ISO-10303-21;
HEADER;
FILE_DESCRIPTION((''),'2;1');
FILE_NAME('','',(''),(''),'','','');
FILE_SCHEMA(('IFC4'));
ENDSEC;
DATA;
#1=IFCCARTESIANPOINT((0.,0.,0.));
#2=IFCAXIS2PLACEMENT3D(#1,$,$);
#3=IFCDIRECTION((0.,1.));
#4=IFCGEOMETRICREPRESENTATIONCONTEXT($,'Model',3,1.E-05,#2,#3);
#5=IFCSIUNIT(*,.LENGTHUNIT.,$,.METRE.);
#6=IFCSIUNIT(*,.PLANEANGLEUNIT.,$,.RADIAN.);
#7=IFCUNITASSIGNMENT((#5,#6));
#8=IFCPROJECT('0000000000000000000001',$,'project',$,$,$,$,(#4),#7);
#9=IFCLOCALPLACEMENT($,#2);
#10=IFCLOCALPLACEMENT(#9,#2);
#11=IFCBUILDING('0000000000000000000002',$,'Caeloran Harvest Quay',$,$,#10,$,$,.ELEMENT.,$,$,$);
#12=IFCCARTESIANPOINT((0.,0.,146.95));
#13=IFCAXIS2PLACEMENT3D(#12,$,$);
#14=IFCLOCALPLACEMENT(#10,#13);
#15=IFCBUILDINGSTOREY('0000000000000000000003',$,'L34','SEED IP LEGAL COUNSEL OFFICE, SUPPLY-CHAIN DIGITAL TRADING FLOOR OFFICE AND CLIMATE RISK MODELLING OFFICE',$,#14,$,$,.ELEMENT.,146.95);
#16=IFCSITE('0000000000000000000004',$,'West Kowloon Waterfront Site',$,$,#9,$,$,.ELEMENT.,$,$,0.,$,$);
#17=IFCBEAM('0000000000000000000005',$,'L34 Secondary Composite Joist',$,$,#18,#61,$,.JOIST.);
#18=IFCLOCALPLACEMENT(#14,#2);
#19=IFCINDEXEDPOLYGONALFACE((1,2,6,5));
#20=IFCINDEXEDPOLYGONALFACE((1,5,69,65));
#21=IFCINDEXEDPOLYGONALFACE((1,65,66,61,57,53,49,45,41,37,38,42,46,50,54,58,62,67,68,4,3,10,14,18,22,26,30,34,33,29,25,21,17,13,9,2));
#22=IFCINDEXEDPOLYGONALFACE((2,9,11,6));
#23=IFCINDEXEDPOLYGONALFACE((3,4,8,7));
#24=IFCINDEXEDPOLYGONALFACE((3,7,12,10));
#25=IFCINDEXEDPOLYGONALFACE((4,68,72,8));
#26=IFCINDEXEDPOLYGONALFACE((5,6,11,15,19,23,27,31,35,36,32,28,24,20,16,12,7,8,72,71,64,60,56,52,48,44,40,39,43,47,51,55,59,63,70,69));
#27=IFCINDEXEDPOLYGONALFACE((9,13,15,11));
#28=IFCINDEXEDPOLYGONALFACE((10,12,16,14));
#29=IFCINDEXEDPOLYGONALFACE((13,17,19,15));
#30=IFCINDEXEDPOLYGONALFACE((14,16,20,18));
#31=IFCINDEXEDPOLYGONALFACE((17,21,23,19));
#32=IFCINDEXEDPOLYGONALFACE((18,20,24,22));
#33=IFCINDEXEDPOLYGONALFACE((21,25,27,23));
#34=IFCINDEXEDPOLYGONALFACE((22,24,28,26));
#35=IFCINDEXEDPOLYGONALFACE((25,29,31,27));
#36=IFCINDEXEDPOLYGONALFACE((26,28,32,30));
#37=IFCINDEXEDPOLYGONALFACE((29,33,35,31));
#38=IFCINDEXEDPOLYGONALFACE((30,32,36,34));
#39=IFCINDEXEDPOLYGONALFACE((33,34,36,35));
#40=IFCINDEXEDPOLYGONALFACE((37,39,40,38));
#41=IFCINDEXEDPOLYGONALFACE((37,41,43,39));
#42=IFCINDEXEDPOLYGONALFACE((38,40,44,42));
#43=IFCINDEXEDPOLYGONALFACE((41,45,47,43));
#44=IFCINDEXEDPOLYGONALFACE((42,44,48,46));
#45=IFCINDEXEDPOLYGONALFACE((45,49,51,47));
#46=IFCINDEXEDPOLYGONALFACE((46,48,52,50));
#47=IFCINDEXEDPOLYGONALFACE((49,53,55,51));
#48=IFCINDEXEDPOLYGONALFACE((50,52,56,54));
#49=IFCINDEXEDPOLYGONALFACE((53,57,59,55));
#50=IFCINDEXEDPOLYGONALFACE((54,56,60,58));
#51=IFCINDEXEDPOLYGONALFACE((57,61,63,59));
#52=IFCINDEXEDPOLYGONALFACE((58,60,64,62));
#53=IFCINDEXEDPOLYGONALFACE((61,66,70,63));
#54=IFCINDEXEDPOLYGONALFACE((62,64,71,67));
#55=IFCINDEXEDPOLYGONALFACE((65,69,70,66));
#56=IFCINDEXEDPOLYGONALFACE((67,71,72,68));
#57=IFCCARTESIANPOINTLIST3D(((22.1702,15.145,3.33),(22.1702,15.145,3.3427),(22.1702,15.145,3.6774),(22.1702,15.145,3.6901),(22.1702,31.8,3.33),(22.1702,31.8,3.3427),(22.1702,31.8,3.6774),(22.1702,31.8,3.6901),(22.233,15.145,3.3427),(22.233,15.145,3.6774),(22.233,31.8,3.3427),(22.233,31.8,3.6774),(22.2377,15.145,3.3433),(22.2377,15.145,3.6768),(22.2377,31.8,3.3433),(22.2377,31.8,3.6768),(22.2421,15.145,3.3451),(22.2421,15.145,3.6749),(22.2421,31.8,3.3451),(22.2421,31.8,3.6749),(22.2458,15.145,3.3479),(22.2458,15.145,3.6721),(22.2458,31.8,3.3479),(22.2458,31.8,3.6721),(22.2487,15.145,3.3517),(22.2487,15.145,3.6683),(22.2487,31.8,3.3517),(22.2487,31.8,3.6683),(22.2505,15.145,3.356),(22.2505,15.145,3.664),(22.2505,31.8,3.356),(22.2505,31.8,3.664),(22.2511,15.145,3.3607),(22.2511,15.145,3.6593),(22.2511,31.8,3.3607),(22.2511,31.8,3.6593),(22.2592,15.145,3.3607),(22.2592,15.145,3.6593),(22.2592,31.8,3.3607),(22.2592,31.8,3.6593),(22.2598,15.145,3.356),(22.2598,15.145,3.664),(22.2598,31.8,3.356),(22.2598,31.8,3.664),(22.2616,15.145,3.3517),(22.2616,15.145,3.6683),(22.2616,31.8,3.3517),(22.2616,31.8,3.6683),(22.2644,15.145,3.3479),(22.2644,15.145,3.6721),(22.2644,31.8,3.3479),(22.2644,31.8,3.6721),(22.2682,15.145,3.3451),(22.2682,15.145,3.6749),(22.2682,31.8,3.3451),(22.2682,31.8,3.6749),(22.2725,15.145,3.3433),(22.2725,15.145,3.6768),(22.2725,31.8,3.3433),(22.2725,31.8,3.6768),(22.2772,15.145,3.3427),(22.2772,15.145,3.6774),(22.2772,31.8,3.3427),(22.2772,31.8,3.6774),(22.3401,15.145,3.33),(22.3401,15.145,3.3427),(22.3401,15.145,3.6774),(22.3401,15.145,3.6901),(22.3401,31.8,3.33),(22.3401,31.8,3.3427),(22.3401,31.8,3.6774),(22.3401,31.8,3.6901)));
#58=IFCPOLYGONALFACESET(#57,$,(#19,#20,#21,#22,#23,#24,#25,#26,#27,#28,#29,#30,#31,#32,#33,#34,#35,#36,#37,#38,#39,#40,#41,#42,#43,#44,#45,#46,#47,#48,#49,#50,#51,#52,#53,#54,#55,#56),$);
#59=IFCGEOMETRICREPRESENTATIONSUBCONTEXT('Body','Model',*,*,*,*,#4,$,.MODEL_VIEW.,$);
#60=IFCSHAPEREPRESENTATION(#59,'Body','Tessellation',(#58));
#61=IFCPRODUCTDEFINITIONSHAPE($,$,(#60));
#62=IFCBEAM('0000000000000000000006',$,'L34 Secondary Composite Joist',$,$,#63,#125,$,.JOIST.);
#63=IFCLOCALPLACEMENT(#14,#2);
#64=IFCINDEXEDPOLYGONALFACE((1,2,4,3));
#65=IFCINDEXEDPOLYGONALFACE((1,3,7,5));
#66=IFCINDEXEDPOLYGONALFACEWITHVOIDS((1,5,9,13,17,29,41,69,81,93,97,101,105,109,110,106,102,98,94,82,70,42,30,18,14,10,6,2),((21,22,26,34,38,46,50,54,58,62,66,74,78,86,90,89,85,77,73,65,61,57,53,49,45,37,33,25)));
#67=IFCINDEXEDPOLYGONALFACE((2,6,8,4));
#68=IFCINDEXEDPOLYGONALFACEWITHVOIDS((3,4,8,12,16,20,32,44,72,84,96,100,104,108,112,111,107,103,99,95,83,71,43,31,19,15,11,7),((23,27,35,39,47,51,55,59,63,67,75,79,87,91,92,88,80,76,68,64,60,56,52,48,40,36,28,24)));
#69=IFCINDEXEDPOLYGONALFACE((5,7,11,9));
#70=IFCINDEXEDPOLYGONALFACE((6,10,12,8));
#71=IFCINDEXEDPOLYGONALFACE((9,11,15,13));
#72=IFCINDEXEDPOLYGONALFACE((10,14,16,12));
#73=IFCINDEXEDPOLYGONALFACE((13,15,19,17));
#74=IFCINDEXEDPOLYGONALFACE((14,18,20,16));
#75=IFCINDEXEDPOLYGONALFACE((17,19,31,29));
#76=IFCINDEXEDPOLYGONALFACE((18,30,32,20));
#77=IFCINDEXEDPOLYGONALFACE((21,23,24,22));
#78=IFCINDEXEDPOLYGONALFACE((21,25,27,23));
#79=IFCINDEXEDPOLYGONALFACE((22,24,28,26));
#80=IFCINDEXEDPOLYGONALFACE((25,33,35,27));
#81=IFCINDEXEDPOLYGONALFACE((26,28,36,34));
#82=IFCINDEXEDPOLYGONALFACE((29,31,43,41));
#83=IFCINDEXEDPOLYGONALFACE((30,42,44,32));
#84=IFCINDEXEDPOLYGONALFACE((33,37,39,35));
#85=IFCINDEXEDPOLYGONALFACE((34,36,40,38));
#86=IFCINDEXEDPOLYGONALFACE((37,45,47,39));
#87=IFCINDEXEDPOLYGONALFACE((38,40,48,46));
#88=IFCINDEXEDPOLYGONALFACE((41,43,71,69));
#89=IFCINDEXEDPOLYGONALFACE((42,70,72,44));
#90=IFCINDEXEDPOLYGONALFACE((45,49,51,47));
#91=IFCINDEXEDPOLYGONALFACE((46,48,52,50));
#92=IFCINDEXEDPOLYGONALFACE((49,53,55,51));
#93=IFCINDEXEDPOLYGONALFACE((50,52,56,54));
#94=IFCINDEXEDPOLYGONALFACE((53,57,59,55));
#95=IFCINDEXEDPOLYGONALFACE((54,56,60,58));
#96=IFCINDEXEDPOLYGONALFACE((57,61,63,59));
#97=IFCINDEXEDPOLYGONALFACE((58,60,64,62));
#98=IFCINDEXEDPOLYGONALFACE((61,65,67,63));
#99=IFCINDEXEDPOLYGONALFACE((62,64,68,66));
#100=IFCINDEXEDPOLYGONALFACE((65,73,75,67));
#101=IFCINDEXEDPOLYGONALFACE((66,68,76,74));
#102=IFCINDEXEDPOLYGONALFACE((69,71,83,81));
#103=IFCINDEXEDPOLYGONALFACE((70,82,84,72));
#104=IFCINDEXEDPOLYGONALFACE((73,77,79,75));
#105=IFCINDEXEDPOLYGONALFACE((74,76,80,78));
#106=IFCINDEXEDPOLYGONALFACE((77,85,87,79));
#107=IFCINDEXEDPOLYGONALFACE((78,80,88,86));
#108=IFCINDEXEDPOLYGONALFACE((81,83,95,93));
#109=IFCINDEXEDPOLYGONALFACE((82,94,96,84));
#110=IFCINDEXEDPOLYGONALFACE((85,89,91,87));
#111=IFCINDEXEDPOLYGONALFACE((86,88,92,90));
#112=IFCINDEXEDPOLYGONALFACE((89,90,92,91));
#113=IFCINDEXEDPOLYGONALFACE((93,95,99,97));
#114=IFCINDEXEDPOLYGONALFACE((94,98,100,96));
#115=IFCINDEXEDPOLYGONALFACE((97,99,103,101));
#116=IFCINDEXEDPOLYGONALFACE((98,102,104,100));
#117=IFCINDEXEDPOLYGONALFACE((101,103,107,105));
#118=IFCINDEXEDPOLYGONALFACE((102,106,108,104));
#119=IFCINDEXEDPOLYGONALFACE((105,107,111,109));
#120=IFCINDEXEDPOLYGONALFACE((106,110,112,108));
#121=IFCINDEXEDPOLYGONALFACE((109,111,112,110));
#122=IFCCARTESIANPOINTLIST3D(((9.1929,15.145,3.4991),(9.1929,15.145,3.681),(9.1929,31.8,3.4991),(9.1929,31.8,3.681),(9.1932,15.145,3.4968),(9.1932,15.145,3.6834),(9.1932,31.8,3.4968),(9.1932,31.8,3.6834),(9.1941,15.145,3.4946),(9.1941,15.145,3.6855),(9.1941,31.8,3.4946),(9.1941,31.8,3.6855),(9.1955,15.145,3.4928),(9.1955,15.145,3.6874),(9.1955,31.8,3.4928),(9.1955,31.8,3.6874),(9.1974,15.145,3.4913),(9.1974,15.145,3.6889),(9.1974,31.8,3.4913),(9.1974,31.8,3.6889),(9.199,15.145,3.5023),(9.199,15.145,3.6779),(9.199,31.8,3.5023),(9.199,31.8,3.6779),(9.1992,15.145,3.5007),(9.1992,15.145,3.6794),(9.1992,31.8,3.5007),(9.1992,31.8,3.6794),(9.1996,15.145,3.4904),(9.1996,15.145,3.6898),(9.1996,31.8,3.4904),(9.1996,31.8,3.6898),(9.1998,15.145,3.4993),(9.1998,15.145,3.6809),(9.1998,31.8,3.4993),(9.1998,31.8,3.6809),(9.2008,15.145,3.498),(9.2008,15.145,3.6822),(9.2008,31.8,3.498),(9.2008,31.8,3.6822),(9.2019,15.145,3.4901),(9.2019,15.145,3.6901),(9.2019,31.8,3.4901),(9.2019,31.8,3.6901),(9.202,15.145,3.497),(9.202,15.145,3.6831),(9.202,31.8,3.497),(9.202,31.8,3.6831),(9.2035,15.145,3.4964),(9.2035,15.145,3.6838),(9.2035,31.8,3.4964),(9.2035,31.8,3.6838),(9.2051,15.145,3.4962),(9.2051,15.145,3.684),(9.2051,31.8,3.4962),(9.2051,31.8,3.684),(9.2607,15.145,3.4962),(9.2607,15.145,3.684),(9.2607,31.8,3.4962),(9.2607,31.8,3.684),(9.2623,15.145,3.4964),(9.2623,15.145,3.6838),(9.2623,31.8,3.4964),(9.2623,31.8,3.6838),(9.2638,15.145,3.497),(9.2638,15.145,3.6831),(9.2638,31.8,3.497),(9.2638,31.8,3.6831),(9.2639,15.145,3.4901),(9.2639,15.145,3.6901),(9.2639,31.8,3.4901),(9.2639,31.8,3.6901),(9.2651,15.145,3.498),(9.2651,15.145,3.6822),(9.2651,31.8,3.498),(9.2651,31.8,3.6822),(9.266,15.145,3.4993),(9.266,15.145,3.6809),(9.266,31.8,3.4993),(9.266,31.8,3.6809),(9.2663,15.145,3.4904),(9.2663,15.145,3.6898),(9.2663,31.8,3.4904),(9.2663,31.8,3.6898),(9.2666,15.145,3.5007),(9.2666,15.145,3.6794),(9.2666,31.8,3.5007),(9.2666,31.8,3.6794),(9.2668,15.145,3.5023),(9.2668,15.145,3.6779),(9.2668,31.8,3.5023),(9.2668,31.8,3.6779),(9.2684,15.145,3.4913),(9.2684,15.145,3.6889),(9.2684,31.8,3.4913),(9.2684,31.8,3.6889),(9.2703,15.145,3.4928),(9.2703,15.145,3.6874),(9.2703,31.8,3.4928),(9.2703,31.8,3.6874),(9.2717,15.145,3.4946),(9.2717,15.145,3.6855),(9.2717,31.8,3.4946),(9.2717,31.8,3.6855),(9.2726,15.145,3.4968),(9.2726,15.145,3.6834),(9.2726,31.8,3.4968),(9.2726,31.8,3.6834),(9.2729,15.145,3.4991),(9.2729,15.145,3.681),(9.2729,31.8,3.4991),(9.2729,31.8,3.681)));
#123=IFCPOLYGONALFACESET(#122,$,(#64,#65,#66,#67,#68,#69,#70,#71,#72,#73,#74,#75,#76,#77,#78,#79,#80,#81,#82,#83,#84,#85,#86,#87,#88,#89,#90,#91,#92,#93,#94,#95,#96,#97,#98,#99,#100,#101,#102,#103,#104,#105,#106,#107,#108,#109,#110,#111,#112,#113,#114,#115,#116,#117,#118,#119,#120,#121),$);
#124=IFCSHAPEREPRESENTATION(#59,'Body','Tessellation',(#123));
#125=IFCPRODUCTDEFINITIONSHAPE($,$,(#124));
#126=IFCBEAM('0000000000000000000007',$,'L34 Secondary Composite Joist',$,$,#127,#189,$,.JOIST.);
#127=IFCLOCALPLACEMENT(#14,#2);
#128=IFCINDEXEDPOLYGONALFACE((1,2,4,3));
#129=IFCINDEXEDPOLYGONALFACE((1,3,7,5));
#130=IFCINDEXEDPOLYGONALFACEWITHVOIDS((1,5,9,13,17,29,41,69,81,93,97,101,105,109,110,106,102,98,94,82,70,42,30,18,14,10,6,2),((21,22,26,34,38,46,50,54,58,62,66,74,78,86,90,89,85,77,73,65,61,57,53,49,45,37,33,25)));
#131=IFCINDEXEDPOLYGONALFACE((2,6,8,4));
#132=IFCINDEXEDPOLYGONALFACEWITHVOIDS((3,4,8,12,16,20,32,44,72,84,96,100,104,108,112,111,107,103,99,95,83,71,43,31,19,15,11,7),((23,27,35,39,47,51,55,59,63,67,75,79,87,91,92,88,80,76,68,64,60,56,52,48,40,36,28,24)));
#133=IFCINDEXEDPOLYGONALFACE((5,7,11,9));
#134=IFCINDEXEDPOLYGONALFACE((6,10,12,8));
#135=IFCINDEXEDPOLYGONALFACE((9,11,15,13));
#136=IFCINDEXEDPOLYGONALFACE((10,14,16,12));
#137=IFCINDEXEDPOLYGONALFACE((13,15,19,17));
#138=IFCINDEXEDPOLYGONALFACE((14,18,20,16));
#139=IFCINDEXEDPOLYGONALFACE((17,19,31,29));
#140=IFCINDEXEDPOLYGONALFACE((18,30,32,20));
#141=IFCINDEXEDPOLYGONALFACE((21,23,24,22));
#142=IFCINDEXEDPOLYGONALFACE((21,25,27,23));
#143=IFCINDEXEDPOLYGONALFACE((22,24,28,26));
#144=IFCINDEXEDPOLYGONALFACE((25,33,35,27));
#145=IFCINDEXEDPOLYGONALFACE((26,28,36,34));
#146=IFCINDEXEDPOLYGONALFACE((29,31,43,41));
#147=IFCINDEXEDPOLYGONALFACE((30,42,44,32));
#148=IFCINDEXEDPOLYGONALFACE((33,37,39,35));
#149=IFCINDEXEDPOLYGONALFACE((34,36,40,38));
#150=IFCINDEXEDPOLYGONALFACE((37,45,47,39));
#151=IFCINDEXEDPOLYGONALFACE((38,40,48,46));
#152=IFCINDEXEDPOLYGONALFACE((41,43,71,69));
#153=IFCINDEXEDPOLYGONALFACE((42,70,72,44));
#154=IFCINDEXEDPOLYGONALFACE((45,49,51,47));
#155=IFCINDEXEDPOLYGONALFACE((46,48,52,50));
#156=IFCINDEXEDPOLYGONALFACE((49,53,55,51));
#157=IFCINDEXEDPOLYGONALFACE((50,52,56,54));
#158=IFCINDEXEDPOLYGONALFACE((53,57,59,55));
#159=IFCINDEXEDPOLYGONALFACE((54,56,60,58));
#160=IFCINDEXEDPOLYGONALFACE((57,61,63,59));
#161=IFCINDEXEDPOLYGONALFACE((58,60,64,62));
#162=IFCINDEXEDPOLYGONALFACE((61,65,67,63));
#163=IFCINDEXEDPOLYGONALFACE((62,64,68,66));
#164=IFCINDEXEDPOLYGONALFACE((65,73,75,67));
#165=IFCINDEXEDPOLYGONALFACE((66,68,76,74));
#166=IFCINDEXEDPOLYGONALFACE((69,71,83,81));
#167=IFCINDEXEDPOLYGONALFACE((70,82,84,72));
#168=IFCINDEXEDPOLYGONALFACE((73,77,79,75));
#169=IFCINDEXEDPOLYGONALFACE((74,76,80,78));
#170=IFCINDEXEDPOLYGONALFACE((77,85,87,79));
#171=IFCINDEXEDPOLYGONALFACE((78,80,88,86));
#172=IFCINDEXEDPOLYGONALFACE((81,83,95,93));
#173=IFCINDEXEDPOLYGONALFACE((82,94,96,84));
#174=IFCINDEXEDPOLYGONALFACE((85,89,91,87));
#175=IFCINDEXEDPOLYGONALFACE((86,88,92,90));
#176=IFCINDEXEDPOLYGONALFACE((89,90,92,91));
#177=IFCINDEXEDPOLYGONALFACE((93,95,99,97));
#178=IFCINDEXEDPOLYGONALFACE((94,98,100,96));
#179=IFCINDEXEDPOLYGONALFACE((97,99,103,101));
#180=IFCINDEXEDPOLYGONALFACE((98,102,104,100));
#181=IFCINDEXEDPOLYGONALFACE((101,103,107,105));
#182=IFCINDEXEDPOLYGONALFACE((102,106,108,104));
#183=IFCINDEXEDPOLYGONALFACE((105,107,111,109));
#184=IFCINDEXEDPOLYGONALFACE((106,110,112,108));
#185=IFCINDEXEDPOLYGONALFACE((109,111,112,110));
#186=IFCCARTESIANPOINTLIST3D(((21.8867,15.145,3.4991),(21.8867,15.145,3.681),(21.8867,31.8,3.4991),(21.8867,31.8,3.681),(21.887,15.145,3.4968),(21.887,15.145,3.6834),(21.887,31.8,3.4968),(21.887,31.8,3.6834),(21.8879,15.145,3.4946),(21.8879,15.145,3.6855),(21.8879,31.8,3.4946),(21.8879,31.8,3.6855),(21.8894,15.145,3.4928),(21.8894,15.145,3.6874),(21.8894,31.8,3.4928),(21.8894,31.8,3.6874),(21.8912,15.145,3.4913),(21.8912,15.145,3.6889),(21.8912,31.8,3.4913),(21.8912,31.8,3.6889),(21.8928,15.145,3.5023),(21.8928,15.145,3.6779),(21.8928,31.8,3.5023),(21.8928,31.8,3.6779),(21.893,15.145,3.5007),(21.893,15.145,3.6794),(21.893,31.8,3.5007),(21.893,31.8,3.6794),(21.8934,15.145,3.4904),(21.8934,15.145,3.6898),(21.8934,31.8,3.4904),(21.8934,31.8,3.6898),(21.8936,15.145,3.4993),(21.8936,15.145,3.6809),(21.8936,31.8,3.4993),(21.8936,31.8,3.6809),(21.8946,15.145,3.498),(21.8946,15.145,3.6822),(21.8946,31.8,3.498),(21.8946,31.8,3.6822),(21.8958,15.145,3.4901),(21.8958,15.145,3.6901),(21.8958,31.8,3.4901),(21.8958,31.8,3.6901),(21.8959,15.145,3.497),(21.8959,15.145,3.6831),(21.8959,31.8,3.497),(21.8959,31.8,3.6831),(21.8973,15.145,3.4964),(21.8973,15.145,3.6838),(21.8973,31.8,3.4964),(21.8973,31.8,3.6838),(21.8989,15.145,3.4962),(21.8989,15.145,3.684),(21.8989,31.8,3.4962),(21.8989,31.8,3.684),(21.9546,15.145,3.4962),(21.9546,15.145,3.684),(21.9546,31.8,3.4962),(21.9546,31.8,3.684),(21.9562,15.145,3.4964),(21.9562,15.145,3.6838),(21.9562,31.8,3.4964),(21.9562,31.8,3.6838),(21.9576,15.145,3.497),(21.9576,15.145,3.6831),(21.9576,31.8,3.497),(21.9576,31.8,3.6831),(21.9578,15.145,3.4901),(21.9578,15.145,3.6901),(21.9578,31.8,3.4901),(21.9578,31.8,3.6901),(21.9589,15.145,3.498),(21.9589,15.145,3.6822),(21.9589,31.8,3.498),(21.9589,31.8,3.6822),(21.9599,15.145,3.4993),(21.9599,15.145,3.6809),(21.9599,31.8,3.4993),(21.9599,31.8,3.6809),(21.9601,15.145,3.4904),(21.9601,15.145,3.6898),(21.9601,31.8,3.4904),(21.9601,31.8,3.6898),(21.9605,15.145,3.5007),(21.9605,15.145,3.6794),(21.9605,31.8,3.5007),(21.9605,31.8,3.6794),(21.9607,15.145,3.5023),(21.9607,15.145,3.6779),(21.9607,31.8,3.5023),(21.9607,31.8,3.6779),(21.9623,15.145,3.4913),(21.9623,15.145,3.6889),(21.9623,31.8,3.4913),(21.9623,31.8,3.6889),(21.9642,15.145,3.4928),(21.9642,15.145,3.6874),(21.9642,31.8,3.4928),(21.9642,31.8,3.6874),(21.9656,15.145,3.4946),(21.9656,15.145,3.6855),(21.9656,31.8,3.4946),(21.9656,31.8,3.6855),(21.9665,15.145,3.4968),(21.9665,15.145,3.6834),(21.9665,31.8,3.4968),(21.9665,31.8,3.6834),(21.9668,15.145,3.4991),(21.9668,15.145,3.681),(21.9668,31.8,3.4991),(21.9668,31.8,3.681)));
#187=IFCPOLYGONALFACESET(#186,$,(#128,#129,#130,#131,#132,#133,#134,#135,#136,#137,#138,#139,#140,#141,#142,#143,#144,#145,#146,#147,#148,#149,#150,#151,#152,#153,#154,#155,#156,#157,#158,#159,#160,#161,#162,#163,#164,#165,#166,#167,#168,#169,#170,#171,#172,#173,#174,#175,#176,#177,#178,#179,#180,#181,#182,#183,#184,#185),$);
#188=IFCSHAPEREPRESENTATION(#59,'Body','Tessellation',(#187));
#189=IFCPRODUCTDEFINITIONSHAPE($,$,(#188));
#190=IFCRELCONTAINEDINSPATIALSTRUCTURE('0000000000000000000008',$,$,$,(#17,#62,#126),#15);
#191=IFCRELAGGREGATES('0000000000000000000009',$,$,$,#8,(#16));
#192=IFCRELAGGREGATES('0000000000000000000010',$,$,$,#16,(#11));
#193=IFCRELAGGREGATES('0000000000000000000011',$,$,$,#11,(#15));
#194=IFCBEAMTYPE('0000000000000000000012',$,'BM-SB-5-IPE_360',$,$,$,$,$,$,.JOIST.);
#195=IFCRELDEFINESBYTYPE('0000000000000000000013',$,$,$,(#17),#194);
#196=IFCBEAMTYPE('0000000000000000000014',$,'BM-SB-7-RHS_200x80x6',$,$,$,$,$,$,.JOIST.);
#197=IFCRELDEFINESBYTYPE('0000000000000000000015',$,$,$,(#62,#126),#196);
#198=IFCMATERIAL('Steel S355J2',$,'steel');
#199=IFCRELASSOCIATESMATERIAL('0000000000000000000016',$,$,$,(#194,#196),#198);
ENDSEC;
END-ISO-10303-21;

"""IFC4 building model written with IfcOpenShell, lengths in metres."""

from ifc_helpers import new_model, si_unit, direction, frame, origin, origin_2d, place, context, subcontext, project, spatial, hollow_rectangle, i_section, extrude, material, material_profile, profile_set, type_object, element, save


model = new_model("IFC4")

# Units and contexts
model_context = context("Model", 3, precision=1e-05, world=origin(), true_north=direction((0.0, 1.0)))
body_context = subcontext(model_context, "Body", "Model", "MODEL_VIEW")
ifc_project = project(units=[si_unit("LENGTHUNIT", "METRE"), si_unit("PLANEANGLEUNIT", "RADIAN")], contexts=[model_context])

# Site, building, storey
site_placement = place(None, origin())
site = spatial("IfcSite", under=ifc_project, at=site_placement, Name="West Kowloon Waterfront Site", CompositionType="ELEMENT", RefElevation=0.0)
building_placement = place(site_placement, origin())
building = spatial("IfcBuilding", under=site, at=building_placement, Name="Caeloran Harvest Quay", CompositionType="ELEMENT")
storey_placement = place(building_placement, frame((0.0, 0.0, 146.95)))
storey = spatial("IfcBuildingStorey", under=building, at=storey_placement, Name="L34", Description="SEED IP LEGAL COUNSEL OFFICE, SUPPLY-CHAIN DIGITAL TRADING FLOOR OFFICE AND CLIMATE RISK MODELLING OFFICE", CompositionType="ELEMENT", Elevation=146.95)

# Beams
ifc_material_1 = material(Name="Steel S355J2", Category="steel")
ifc_material_profile_1 = material_profile(ifc_material_1, i_section(OverallWidth=0.1699, OverallDepth=0.3601, WebThickness=0.0081, FlangeThickness=0.0127, FilletRadius=0.0181, at=origin_2d()), Name="IPE 360")
ifc_profile_set_1 = profile_set([ifc_material_profile_1], Name="Steel S355J2")
beam_type_1 = type_object("IfcBeamType", Name="BM-SB-5-IPE_360", PredefinedType="JOIST", material=ifc_profile_set_1)
for number, where, z_axis, x_axis, name in (
    (1, (22.2551, 15.145, 3.51), (0.0, 1.0, 0.0), (-1.0, 0.0, 0.0), "L34 Secondary Composite Joist"),
):
    element("IfcBeam", number, at=place(storey_placement, frame(where, z_axis=z_axis, x_axis=x_axis)), inside=storey, type_object=beam_type_1, Name=name, PredefinedType="JOIST", context=body_context, shape_type="SweptSolid", body=[
        extrude(i_section(OverallWidth=0.1699, OverallDepth=0.3601, WebThickness=0.0081, FlangeThickness=0.0127, FilletRadius=0.0181, at=origin_2d()), origin(), (0.0, 0.0, 1.0), 16.655),
    ])
ifc_material_profile_2 = material_profile(ifc_material_1, hollow_rectangle(XDim=0.0801, YDim=0.2, WallThickness=0.0061, InnerFilletRadius=0.0061, OuterFilletRadius=0.009, at=origin_2d()), Name="RHS 200x80x6")
ifc_profile_set_2 = profile_set([ifc_material_profile_2], Name="Steel S355J2")
beam_type_2 = type_object("IfcBeamType", Name="BM-SB-7-RHS_200x80x6", PredefinedType="JOIST", material=ifc_profile_set_2)
for number, where, z_axis, x_axis, name in (
    (2, (9.2329, 15.145, 3.5901), (0.0, 1.0, 0.0), (-1.0, 0.0, 0.0), "L34 Secondary Composite Joist"),
    (3, (21.9268, 15.145, 3.5901), (0.0, 1.0, 0.0), (-1.0, 0.0, 0.0), "L34 Secondary Composite Joist"),
):
    element("IfcBeam", number, at=place(storey_placement, frame(where, z_axis=z_axis, x_axis=x_axis)), inside=storey, type_object=beam_type_2, Name=name, PredefinedType="JOIST", context=body_context, shape_type="SweptSolid", body=[
        extrude(hollow_rectangle(XDim=0.0801, YDim=0.2, WallThickness=0.0061, InnerFilletRadius=0.0061, OuterFilletRadius=0.009, at=origin_2d()), origin(), (0.0, 0.0, 1.0), 16.655),
    ])

save(model, "model.ifc")
